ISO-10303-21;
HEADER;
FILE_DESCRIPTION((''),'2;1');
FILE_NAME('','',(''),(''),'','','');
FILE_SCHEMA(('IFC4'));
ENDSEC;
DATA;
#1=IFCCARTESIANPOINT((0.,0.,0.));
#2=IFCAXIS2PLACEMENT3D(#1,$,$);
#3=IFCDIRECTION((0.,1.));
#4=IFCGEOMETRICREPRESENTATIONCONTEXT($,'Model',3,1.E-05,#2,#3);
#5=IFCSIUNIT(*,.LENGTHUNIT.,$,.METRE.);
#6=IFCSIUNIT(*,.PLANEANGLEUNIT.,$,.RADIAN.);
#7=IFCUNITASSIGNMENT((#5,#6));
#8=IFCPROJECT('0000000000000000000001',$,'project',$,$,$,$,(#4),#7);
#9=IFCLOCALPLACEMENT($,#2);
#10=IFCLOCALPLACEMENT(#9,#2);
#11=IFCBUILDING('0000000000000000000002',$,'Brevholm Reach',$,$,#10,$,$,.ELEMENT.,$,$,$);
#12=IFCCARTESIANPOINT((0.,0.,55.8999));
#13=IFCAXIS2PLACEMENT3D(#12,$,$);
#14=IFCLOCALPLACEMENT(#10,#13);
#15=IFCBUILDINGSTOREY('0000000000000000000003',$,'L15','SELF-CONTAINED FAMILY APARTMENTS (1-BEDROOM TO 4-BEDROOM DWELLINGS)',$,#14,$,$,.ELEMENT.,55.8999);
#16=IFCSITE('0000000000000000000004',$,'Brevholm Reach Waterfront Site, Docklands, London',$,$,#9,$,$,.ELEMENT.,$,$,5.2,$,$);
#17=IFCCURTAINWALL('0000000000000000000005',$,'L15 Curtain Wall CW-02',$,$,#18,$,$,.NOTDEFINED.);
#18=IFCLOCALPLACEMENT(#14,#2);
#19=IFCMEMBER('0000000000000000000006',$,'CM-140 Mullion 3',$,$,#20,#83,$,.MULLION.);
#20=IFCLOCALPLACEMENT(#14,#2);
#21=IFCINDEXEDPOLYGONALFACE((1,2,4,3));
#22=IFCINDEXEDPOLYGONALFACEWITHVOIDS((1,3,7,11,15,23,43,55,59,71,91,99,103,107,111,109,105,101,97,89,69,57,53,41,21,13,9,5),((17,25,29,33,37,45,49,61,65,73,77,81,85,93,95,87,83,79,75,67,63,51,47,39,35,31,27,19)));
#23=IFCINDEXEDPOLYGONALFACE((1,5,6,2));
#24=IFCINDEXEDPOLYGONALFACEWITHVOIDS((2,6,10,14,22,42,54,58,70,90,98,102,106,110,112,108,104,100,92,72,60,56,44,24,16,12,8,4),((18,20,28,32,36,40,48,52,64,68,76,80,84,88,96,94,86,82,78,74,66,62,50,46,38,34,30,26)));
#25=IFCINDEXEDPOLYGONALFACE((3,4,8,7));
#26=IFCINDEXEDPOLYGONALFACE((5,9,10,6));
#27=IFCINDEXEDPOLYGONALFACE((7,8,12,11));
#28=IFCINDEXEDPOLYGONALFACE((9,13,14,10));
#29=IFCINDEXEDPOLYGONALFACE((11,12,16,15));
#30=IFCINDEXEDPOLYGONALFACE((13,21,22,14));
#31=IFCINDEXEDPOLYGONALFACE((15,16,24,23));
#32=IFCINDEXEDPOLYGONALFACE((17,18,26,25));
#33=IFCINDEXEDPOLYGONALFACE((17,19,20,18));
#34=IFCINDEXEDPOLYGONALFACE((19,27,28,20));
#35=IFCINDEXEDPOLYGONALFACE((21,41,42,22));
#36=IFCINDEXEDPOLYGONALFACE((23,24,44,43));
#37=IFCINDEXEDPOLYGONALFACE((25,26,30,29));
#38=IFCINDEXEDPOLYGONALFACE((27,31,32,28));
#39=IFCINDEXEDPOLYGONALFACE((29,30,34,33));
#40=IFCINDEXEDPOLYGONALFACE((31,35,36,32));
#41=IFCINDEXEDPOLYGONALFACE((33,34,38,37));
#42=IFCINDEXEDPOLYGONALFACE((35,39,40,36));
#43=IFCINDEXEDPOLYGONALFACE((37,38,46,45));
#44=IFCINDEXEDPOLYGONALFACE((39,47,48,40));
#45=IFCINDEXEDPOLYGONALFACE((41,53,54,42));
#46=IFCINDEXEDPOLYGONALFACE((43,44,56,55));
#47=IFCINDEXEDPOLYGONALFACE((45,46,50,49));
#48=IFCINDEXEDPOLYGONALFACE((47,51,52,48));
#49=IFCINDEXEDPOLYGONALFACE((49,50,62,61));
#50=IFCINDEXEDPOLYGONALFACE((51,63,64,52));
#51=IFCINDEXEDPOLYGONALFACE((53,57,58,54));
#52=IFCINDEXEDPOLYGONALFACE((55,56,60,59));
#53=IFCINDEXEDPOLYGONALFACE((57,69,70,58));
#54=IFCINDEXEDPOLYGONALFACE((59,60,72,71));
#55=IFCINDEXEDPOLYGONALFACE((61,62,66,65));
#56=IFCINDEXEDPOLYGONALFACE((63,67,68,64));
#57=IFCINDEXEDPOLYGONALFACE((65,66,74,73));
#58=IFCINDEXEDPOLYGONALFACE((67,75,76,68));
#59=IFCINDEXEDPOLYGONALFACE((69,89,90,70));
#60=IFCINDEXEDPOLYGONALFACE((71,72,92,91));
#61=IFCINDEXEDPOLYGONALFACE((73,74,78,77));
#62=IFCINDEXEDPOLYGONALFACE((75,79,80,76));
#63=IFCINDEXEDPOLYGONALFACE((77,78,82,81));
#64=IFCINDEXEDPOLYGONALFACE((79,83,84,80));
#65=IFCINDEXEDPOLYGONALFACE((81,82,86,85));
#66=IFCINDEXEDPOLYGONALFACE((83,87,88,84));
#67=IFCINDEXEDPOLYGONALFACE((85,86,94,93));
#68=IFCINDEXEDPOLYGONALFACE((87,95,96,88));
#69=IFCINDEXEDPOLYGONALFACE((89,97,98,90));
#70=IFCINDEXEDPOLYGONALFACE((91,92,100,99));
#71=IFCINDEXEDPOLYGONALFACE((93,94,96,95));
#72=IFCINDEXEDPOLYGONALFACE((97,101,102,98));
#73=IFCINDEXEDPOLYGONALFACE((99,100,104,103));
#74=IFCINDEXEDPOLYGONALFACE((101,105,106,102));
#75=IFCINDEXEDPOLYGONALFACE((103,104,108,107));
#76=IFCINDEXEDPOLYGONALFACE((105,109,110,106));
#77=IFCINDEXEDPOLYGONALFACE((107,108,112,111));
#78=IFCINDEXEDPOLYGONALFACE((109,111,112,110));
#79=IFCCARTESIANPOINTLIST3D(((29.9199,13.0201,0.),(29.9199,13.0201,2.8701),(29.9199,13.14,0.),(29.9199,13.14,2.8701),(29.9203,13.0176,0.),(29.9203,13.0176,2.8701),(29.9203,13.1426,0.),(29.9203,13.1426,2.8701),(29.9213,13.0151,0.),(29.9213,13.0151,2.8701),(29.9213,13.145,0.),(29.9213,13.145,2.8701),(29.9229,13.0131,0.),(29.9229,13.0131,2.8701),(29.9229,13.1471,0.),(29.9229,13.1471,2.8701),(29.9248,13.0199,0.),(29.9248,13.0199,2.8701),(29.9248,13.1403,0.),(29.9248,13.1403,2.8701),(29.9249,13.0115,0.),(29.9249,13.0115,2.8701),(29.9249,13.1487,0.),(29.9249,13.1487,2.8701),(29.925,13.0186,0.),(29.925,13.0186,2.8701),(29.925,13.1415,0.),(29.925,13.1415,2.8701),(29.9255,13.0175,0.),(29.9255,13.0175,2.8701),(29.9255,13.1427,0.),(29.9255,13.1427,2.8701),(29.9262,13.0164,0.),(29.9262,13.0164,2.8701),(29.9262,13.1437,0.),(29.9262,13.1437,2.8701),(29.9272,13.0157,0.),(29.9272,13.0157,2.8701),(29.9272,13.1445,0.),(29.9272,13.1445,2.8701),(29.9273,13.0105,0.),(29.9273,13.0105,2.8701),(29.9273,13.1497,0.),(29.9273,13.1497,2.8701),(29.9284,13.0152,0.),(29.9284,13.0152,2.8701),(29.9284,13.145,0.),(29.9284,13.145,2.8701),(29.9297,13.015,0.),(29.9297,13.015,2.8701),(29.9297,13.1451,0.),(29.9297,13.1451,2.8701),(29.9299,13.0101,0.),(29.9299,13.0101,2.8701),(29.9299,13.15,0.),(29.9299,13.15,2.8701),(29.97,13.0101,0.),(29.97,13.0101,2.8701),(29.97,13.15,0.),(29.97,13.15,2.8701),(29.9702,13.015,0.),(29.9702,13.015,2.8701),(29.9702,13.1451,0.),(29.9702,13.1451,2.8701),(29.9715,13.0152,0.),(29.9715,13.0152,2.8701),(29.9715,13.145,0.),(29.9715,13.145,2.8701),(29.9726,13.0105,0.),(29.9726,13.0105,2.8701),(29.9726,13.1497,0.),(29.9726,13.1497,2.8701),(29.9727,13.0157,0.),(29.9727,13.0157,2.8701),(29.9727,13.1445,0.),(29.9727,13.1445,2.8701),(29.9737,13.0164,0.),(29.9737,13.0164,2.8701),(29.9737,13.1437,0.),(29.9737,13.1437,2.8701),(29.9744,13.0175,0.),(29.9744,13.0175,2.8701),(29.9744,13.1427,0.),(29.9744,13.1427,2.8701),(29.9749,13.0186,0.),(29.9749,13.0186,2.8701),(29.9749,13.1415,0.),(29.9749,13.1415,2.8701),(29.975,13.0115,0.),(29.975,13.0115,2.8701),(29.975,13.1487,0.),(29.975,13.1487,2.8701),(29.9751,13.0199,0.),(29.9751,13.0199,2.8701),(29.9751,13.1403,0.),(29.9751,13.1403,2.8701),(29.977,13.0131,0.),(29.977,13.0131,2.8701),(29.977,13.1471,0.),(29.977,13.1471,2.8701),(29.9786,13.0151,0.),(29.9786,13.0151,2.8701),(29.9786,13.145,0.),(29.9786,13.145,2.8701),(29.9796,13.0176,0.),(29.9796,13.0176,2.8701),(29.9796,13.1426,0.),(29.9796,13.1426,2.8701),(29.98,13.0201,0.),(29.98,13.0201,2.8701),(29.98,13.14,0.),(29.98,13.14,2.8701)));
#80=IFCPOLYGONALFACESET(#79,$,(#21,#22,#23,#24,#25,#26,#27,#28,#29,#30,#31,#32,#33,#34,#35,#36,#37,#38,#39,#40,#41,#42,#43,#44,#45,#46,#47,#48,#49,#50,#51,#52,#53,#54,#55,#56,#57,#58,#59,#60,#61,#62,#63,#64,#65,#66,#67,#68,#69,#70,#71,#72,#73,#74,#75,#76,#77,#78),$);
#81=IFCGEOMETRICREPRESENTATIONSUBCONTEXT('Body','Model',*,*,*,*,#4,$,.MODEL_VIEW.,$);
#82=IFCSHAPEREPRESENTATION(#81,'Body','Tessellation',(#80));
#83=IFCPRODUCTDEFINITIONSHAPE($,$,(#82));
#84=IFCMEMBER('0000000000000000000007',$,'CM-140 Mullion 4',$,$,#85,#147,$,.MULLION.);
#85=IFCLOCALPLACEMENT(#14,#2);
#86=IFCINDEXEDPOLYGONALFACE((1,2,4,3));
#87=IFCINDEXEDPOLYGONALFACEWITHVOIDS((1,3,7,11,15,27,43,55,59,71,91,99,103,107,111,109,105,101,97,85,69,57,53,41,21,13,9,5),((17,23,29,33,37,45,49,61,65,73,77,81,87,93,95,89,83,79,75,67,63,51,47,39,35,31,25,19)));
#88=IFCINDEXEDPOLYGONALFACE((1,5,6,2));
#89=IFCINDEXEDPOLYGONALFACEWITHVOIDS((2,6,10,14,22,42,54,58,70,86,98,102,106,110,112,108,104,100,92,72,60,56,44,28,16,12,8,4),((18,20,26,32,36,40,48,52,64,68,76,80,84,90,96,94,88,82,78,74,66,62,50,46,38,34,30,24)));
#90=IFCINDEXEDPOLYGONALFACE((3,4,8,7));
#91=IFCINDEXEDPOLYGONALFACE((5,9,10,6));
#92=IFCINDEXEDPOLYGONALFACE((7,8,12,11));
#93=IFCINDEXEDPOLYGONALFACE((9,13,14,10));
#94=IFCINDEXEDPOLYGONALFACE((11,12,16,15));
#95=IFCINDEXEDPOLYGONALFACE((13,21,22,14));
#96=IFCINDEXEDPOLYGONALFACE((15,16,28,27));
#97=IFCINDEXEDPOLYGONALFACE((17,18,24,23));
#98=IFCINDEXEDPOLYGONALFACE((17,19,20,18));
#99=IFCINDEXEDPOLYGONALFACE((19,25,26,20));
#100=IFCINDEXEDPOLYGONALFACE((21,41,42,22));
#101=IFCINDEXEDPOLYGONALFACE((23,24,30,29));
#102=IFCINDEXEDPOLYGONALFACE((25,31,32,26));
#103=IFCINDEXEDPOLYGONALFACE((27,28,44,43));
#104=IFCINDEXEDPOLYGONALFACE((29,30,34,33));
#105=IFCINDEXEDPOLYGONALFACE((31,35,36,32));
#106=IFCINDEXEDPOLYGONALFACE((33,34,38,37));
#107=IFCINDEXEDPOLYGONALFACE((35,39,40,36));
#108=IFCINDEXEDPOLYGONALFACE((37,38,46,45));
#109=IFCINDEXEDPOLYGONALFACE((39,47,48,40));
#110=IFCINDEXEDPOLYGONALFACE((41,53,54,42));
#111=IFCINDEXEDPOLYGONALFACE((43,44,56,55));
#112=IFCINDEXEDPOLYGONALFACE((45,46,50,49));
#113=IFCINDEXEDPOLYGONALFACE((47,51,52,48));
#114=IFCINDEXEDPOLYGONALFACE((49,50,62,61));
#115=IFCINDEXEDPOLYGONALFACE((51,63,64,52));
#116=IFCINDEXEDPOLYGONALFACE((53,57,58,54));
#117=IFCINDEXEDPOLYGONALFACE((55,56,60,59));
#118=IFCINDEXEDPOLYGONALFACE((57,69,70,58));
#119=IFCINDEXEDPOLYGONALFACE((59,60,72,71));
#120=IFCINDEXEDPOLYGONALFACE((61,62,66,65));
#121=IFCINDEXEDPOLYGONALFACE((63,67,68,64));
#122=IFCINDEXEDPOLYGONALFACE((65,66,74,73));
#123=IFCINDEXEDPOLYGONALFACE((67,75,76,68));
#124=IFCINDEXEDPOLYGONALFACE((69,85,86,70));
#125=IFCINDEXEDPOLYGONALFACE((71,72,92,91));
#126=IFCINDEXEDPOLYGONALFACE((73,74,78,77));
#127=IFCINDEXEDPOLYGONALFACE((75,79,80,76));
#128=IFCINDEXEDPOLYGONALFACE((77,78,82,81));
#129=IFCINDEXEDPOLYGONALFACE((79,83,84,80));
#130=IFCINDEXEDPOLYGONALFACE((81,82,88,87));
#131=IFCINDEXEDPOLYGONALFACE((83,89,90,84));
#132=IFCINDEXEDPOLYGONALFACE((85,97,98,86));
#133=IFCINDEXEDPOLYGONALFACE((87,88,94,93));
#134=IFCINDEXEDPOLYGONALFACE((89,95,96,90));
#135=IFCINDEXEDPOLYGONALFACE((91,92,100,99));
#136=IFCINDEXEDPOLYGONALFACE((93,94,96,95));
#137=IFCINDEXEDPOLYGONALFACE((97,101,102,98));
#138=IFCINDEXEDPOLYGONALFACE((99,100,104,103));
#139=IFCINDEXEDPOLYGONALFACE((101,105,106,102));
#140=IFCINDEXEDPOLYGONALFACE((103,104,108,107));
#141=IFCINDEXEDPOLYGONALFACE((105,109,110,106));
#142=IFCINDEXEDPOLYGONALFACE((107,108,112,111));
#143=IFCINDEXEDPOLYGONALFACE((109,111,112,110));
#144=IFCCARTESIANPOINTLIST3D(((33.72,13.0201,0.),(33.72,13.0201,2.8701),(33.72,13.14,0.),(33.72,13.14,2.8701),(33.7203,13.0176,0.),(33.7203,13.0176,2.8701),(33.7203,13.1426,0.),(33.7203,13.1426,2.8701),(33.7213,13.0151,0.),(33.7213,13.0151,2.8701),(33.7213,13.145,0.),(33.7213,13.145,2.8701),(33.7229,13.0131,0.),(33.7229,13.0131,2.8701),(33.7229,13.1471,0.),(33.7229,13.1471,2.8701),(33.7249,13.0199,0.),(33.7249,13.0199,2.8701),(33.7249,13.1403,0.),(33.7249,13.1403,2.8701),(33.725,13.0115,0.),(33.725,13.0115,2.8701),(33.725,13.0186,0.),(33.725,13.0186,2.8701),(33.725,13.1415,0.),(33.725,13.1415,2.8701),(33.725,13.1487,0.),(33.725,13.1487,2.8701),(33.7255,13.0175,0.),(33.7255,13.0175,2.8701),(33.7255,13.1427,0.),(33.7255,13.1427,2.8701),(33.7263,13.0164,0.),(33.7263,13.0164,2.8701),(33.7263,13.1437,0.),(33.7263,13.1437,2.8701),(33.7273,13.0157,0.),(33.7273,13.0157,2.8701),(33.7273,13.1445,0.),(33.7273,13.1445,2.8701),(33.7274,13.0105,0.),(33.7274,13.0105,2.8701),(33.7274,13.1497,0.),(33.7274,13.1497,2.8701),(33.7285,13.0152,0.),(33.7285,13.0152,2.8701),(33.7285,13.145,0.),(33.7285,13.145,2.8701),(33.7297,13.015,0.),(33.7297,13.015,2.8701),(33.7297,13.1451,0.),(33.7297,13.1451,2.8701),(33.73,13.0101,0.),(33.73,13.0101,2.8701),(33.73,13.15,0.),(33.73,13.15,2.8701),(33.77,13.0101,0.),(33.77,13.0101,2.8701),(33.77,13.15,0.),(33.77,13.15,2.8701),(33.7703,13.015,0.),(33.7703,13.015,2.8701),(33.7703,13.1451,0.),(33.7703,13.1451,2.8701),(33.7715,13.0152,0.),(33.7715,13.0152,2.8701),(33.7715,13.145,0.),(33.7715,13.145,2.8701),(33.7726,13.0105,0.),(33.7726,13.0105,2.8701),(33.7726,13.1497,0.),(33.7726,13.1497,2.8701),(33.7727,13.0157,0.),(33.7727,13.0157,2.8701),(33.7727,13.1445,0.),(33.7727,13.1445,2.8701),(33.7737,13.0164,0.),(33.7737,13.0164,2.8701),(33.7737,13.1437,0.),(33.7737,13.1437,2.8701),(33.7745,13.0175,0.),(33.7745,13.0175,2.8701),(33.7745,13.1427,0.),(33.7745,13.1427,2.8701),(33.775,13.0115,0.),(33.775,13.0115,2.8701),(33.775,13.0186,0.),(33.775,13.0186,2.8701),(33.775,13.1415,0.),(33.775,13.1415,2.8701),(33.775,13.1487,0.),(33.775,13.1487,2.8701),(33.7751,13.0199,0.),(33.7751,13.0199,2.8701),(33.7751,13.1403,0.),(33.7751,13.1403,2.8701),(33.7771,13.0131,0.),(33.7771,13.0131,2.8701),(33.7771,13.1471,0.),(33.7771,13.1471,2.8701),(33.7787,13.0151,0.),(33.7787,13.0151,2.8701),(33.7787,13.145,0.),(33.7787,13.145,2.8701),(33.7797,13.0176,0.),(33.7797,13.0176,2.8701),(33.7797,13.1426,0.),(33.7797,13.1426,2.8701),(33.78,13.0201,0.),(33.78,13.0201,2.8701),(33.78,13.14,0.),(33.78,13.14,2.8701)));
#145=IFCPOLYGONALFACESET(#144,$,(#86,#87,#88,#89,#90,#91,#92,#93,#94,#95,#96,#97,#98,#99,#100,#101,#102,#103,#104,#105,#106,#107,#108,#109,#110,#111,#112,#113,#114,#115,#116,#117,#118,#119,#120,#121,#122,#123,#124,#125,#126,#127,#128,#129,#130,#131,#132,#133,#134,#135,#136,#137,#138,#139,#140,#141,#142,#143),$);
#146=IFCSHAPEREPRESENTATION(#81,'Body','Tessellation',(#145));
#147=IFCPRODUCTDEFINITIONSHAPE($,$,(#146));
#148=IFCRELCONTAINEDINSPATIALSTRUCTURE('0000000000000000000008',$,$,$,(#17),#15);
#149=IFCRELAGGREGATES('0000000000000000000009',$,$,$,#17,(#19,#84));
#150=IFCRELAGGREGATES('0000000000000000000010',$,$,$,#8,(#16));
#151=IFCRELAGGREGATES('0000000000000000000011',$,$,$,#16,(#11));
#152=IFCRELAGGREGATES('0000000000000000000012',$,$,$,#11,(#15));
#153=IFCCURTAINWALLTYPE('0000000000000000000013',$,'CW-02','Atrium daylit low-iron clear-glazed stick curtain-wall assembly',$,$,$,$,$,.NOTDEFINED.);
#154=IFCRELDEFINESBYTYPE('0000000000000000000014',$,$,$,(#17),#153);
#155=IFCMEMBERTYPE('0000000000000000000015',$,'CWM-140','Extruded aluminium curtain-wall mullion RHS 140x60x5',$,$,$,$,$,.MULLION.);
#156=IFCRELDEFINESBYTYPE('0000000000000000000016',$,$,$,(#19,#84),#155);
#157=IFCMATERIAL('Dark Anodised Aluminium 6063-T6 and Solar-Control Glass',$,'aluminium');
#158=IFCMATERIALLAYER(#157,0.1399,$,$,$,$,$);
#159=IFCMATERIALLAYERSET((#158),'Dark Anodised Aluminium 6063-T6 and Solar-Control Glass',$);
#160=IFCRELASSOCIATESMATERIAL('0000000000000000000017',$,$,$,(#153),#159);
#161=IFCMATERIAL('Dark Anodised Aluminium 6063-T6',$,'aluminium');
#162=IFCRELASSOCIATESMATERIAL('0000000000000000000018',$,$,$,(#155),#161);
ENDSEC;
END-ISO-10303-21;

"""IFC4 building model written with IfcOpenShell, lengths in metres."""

from ifc_helpers import new_model, si_unit, direction, frame, origin, origin_2d, place, context, subcontext, project, spatial, hollow_rectangle, extrude, material, layer, layer_set, material_profile, profile_set, type_object, element, aggregate, save


model = new_model("IFC4")

# Units and contexts
model_context = context("Model", 3, precision=1e-05, world=origin(), true_north=direction((0.0, 1.0)))
body_context = subcontext(model_context, "Body", "Model", "MODEL_VIEW")
ifc_project = project(units=[si_unit("LENGTHUNIT", "METRE"), si_unit("PLANEANGLEUNIT", "RADIAN")], contexts=[model_context])

# Site, building, storey
site_placement = place(None, origin())
site = spatial("IfcSite", under=ifc_project, at=site_placement, Name="Brevholm Reach Waterfront Site, Docklands, London", CompositionType="ELEMENT", RefElevation=5.2)
building_placement = place(site_placement, origin())
building = spatial("IfcBuilding", under=site, at=building_placement, Name="Brevholm Reach", CompositionType="ELEMENT")
storey_placement = place(building_placement, frame((0.0, 0.0, 55.8999)))
storey = spatial("IfcBuildingStorey", under=building, at=storey_placement, Name="L15", Description="SELF-CONTAINED FAMILY APARTMENTS (1-BEDROOM TO 4-BEDROOM DWELLINGS)", CompositionType="ELEMENT", Elevation=55.8999)

# Curtain wall, members
ifc_material_1 = material(Name="Dark Anodised Aluminium 6063-T6 and Solar-Control Glass", Category="aluminium")
ifc_layer_1 = layer(ifc_material_1, 0.1399)
ifc_layer_set_1 = layer_set([ifc_layer_1], Name="Dark Anodised Aluminium 6063-T6 and Solar-Control Glass")
curtain_wall_type = type_object("IfcCurtainWallType", Name="CW-02", Description="Atrium daylit low-iron clear-glazed stick curtain-wall assembly", PredefinedType="NOTDEFINED", material=ifc_layer_set_1)
curtain_wall_placement = place(storey_placement, origin())
curtain_wall = element("IfcCurtainWall", 1, at=curtain_wall_placement, inside=storey, type_object=curtain_wall_type, Name="L15 Curtain Wall CW-02", PredefinedType="NOTDEFINED")
ifc_material_2 = material(Name="Dark Anodised Aluminium 6063-T6", Category="aluminium")
ifc_material_profile_1 = material_profile(ifc_material_2, hollow_rectangle(XDim=0.0601, YDim=0.1399, WallThickness=0.0049, InnerFilletRadius=0.0049, OuterFilletRadius=0.01, at=origin_2d()), Name="RHS 140x60x5")
ifc_profile_set_1 = profile_set([ifc_material_profile_1], Name="Dark Anodised Aluminium 6063-T6")
member_type_1 = type_object("IfcMemberType", Name="CWM-140", Description="Extruded aluminium curtain-wall mullion RHS 140x60x5", PredefinedType="MULLION", material=ifc_profile_set_1)
member_1_placement = place(storey_placement, frame((29.95, 13.0801, 0.0), z_axis=(0.0, 0.0, 1.0), x_axis=(1.0, 0.0, 0.0)))
member_1 = element("IfcMember", 2, at=member_1_placement, type_object=member_type_1, Name="CM-140 Mullion 3", PredefinedType="MULLION", context=body_context, shape_type="SweptSolid", body=[
    extrude(hollow_rectangle(XDim=0.0601, YDim=0.1399, WallThickness=0.0049, InnerFilletRadius=0.0049, OuterFilletRadius=0.01, at=origin_2d()), origin(), (0.0, 0.0, 1.0), 2.8701),
])
member_2_placement = place(storey_placement, frame((33.75, 13.0801, 0.0), z_axis=(0.0, 0.0, 1.0), x_axis=(1.0, 0.0, 0.0)))
member_2 = element("IfcMember", 3, at=member_2_placement, type_object=member_type_1, Name="CM-140 Mullion 4", PredefinedType="MULLION", context=body_context, shape_type="SweptSolid", body=[
    extrude(hollow_rectangle(XDim=0.0601, YDim=0.1399, WallThickness=0.0049, InnerFilletRadius=0.0049, OuterFilletRadius=0.01, at=origin_2d()), origin(), (0.0, 0.0, 1.0), 2.8701),
])
aggregate(curtain_wall, [member_1, member_2])

save(model, "model.ifc")
